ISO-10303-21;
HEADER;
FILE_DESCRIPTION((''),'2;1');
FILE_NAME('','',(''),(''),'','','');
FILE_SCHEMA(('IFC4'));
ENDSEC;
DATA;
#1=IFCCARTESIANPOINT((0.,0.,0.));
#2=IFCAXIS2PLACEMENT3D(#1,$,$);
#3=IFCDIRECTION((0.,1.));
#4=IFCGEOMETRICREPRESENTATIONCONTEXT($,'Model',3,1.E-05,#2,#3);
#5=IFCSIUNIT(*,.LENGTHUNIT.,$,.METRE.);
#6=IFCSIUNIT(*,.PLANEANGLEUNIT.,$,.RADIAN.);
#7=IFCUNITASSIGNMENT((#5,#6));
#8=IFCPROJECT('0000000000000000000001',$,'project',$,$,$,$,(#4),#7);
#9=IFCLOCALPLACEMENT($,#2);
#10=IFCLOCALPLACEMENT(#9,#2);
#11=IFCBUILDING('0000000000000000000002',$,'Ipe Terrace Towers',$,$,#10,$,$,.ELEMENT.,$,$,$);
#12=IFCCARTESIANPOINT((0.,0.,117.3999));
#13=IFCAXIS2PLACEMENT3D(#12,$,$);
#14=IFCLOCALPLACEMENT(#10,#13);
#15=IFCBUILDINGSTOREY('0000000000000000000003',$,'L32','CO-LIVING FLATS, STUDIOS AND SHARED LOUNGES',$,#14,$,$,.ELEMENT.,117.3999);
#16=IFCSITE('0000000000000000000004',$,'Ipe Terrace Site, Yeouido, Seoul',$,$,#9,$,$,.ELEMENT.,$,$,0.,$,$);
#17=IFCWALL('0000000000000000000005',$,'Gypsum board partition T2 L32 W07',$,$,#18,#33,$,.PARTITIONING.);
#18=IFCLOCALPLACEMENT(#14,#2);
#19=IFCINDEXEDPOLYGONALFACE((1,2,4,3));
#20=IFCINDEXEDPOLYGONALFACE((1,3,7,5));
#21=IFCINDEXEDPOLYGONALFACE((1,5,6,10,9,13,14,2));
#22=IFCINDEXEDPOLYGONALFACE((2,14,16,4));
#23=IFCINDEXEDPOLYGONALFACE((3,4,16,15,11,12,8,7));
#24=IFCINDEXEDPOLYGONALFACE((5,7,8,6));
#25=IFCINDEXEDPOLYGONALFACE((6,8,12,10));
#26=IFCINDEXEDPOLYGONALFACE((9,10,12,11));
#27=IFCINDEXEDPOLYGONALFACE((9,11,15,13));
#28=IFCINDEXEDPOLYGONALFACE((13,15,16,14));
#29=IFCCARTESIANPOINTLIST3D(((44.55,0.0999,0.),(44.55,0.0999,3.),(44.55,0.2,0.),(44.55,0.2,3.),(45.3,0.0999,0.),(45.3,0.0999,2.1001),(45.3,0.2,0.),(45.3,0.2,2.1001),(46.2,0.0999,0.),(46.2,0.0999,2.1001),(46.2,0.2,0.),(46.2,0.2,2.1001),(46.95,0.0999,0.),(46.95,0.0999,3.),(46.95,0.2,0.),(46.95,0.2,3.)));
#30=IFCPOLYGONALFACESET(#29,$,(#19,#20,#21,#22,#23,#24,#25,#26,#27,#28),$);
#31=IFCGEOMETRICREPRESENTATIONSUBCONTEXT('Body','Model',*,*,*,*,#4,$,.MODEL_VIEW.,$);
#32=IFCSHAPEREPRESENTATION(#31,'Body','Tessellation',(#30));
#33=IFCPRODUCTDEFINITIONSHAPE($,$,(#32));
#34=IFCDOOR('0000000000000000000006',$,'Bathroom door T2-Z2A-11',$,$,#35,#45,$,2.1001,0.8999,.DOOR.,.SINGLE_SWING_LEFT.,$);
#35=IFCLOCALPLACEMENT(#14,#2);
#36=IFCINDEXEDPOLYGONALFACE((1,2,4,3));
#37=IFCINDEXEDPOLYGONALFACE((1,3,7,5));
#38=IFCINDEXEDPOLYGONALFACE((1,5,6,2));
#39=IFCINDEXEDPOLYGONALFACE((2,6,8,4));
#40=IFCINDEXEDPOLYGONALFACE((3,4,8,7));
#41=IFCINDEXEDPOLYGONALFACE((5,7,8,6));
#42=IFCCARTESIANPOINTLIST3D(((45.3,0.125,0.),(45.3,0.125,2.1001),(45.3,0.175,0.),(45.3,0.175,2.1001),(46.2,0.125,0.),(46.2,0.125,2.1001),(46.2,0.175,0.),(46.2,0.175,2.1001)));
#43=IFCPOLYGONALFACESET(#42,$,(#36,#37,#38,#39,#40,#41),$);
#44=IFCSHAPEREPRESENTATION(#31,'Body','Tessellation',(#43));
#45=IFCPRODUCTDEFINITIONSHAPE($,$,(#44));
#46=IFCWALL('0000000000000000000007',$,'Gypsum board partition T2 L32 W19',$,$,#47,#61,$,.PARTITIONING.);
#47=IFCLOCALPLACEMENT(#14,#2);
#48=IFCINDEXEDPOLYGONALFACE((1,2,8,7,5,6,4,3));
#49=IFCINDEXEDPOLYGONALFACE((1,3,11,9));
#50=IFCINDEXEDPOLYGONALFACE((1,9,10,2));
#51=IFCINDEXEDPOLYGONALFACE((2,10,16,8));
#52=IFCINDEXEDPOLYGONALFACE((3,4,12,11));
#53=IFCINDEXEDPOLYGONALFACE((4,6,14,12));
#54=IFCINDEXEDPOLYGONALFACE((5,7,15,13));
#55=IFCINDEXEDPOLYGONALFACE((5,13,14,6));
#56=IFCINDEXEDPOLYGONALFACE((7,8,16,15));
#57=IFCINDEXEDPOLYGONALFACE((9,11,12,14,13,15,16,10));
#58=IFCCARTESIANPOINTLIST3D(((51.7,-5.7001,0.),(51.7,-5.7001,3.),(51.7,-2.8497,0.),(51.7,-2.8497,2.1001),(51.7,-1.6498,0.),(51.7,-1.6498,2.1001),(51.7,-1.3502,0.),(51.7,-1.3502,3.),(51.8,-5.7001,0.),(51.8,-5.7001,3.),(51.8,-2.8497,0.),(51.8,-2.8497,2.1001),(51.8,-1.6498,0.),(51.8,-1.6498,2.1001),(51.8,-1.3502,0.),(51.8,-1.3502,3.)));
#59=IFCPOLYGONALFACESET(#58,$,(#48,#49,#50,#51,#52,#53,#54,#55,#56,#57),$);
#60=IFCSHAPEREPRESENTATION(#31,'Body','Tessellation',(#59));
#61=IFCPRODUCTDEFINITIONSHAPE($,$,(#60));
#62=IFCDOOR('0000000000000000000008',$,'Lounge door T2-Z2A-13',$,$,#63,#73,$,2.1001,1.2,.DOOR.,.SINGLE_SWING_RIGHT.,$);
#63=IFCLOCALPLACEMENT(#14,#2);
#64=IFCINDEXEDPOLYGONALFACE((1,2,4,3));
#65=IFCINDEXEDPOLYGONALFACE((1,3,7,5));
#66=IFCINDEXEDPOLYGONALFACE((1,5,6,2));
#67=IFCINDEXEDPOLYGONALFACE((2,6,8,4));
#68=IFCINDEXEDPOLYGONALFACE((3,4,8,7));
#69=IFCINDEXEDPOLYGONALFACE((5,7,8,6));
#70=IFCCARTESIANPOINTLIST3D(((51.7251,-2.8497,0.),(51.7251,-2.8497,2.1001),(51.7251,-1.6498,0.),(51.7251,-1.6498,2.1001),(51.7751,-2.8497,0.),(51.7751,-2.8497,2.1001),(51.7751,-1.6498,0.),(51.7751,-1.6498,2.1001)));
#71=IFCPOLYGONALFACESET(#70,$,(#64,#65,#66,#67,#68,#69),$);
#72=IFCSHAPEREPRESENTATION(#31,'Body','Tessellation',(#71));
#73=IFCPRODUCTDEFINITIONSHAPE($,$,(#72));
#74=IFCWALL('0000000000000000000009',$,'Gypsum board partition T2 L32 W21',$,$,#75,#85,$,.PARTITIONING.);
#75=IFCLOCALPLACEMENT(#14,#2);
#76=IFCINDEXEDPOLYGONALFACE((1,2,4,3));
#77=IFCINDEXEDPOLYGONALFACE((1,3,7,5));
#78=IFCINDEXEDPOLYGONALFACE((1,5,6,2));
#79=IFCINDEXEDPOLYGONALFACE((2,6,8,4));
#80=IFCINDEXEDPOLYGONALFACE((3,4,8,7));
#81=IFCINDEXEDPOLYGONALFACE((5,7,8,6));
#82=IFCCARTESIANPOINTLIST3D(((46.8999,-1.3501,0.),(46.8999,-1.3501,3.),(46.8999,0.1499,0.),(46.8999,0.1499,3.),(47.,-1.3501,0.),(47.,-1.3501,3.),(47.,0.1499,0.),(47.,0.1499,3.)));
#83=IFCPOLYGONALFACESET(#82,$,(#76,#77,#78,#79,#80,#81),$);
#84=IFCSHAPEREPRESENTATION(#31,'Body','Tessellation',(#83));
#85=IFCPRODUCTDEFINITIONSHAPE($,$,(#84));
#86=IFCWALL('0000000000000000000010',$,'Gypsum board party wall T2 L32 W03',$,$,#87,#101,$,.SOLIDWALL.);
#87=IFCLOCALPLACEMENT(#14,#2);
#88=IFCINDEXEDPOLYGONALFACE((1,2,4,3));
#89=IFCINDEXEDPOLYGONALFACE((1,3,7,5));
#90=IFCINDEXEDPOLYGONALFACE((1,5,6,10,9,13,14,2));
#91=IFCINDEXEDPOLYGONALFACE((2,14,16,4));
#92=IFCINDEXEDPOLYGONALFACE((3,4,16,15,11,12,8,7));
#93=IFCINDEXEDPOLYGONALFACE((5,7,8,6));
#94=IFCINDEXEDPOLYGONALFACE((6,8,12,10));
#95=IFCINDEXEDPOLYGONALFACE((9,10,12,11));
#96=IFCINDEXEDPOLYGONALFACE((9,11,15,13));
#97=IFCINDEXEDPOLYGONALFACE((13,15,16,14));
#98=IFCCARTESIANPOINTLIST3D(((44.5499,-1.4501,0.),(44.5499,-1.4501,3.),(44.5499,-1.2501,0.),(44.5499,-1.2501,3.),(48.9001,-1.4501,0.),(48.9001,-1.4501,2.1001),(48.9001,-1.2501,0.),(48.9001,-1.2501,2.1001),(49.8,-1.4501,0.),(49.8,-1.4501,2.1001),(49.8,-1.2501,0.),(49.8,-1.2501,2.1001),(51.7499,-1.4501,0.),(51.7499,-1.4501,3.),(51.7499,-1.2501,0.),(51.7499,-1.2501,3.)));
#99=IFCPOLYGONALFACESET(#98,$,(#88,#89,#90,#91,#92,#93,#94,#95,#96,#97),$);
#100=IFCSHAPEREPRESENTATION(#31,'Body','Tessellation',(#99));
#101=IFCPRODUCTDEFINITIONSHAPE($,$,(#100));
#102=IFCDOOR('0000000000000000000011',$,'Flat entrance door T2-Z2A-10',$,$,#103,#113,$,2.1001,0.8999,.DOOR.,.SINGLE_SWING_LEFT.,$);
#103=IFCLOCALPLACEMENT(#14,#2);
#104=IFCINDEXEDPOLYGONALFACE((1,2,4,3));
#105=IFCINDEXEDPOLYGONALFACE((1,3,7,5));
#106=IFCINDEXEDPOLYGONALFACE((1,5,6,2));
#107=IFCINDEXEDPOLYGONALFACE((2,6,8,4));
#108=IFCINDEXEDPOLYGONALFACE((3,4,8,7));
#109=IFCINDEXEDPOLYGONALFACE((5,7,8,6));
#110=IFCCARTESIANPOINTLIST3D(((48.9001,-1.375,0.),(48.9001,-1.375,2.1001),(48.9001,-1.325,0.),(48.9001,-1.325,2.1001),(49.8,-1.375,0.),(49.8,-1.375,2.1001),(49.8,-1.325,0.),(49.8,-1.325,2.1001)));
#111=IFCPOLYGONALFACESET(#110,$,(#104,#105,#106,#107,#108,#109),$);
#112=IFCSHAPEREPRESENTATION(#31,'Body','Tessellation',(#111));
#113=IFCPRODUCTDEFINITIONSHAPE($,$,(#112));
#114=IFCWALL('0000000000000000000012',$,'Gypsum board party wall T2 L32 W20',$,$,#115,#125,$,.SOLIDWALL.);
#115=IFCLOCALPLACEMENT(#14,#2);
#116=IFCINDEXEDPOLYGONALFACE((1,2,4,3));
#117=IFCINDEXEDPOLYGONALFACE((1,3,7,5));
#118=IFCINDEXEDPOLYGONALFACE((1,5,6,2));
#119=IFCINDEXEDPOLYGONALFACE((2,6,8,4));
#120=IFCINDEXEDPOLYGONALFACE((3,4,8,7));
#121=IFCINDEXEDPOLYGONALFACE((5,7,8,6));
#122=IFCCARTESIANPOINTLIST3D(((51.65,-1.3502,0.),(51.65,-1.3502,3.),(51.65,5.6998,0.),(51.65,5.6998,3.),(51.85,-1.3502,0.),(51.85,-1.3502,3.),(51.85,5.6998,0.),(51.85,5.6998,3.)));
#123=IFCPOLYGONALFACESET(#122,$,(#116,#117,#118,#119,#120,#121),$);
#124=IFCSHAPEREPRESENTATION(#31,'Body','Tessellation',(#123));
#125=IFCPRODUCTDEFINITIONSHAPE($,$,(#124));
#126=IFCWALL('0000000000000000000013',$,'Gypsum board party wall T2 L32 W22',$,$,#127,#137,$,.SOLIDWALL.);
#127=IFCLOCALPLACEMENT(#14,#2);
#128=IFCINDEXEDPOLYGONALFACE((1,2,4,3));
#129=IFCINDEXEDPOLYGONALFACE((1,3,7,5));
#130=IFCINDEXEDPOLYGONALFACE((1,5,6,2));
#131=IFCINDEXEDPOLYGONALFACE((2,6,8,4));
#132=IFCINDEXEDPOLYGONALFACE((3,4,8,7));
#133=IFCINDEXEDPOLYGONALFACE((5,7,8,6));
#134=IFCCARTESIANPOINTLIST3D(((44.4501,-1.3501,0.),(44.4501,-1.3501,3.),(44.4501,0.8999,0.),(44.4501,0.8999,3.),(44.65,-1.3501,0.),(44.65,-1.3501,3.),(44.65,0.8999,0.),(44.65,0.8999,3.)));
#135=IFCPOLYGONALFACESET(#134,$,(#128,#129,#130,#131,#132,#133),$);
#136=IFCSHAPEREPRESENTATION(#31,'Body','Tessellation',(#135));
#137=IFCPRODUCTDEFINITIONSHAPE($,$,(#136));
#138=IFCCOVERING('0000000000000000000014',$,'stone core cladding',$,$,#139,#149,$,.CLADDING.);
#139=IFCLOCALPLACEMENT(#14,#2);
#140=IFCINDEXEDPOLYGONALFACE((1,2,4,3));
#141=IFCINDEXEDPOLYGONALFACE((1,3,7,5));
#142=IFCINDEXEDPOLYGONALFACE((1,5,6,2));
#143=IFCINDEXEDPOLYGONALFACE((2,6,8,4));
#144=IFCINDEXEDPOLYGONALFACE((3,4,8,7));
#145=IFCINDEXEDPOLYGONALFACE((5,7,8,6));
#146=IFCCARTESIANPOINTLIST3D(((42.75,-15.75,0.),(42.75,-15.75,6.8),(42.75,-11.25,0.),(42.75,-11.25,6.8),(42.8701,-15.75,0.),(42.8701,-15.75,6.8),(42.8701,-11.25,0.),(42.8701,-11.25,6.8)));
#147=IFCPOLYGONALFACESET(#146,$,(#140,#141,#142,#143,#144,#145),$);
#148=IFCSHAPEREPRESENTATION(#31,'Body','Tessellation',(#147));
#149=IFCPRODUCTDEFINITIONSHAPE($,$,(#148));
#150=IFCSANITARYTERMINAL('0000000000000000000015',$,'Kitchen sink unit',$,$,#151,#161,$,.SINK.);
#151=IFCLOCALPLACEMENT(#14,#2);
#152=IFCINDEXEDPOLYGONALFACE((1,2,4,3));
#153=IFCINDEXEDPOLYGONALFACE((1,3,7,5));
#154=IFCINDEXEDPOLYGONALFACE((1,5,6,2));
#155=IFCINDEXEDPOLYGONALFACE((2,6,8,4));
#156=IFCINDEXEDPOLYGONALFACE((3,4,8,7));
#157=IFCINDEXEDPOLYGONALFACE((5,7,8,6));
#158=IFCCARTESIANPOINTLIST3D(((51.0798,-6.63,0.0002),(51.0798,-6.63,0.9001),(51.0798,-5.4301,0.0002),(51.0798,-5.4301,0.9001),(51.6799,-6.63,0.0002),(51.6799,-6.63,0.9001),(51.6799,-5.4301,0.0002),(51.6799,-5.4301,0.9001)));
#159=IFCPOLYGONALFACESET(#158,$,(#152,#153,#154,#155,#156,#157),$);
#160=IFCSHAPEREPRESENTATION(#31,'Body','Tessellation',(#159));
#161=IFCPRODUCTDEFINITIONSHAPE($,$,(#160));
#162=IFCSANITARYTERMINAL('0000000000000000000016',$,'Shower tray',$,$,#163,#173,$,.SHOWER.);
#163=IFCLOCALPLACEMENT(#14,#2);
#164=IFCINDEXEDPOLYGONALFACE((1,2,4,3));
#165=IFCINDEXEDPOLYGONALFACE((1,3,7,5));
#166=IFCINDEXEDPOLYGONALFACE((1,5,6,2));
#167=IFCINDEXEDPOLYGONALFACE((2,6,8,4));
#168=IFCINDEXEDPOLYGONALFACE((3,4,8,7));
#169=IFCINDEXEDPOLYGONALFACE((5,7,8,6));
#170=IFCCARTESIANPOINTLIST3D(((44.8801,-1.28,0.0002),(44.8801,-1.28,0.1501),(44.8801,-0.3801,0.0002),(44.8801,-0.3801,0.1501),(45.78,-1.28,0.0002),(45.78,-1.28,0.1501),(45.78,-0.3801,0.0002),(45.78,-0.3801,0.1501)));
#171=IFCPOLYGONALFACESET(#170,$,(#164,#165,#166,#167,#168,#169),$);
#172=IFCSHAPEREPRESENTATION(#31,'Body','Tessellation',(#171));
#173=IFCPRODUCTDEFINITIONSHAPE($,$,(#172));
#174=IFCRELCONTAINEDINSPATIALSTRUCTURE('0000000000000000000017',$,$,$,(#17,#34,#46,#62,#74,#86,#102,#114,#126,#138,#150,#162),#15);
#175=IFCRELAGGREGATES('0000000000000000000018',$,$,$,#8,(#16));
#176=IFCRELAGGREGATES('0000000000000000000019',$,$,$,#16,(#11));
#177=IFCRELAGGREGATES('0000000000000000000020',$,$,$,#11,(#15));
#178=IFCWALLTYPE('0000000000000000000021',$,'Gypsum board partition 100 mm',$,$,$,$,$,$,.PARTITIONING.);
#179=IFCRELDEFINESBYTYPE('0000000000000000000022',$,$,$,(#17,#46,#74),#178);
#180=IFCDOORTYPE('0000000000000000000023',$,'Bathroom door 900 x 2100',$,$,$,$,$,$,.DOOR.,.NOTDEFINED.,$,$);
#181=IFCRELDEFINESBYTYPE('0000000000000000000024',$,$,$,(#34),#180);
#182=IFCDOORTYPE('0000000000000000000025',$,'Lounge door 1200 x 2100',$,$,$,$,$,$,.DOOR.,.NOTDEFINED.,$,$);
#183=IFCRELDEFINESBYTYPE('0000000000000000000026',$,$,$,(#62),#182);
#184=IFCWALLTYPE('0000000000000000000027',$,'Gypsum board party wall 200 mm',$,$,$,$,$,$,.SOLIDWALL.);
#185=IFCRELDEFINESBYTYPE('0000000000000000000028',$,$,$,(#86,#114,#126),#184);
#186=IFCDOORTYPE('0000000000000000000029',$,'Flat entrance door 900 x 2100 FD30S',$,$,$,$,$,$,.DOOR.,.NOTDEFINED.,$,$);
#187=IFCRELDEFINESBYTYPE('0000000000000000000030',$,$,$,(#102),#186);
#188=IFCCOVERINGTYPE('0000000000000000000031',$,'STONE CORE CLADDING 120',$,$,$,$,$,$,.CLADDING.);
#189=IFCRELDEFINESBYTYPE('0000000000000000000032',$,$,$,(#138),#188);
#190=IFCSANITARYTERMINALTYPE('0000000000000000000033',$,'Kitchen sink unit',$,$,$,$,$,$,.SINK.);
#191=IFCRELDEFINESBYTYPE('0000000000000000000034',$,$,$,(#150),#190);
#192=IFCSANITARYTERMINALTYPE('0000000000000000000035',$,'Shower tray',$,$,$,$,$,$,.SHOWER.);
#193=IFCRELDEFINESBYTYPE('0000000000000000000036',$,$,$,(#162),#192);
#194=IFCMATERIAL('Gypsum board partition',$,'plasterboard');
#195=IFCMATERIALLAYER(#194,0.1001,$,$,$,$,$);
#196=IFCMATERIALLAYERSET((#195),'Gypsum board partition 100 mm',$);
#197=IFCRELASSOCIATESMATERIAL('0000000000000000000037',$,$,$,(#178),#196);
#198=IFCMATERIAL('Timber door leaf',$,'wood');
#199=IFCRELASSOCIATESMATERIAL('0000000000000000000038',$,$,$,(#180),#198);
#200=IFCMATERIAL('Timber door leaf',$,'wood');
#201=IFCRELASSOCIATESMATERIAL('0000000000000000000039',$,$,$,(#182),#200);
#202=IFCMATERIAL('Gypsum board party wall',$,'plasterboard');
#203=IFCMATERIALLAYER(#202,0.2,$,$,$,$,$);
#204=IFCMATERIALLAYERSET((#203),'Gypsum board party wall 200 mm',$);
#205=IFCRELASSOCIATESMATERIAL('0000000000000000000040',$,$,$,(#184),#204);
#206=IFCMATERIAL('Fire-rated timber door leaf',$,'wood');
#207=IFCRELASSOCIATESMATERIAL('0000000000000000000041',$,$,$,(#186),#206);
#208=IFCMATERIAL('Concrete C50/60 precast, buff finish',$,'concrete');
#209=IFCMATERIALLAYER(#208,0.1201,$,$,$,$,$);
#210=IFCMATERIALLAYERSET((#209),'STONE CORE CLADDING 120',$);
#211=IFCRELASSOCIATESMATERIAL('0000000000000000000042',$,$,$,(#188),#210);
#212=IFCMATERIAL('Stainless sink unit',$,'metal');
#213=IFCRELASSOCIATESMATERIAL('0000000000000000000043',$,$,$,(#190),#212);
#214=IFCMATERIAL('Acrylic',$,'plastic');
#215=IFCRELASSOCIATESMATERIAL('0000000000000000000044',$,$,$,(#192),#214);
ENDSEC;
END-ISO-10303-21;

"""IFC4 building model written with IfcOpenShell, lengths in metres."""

from ifc_helpers import new_model, si_unit, direction, frame, frame_2d, origin, origin_2d, place, context, subcontext, project, spatial, rectangle, extrude, material, layer, layer_set, type_object, element, fill, save


model = new_model("IFC4")

# Units and contexts
model_context = context("Model", 3, precision=1e-05, world=origin(), true_north=direction((0.0, 1.0)))
body_context = subcontext(model_context, "Body", "Model", "MODEL_VIEW")
ifc_project = project(units=[si_unit("LENGTHUNIT", "METRE"), si_unit("PLANEANGLEUNIT", "RADIAN")], contexts=[model_context])

# Site, building, storey
site_placement = place(None, origin())
site = spatial("IfcSite", under=ifc_project, at=site_placement, Name="Ipe Terrace Site, Yeouido, Seoul", CompositionType="ELEMENT", RefElevation=0.0)
building_placement = place(site_placement, origin())
building = spatial("IfcBuilding", under=site, at=building_placement, Name="Ipe Terrace Towers", CompositionType="ELEMENT")
storey_placement = place(building_placement, frame((0.0, 0.0, 117.3999)))
storey = spatial("IfcBuildingStorey", under=building, at=storey_placement, Name="L32", Description="CO-LIVING FLATS, STUDIOS AND SHARED LOUNGES", CompositionType="ELEMENT", Elevation=117.3999)

# Walls, openings, doors
ifc_material_1 = material(Name="Gypsum board partition", Category="plasterboard")
ifc_layer_1 = layer(ifc_material_1, 0.1001)
ifc_layer_set_1 = layer_set([ifc_layer_1], Name="Gypsum board partition 100 mm")
wall_type_1 = type_object("IfcWallType", Name="Gypsum board partition 100 mm", PredefinedType="PARTITIONING", material=ifc_layer_set_1)
wall_1_placement = place(storey_placement, frame((46.95, 0.1499, 0.0), z_axis=(0.0, 0.0, 1.0), x_axis=(-1.0, 0.0, 0.0)))
wall_1 = element("IfcWall", 1, at=wall_1_placement, inside=storey, type_object=wall_type_1, Name="Gypsum board partition T2 L32 W07", PredefinedType="PARTITIONING", context=body_context, shape_type="SweptSolid", body=[
    extrude(rectangle(XDim=2.3999, YDim=0.1001, at=frame_2d((1.2, 0.0))), origin(), (0.0, 0.0, 1.0), 3.0),
])
opening_1_placement = place(wall_1_placement, frame((0.75, 0.0, 0.0)))
opening_1 = element("IfcOpeningElement", 2, at=opening_1_placement, cuts=wall_1, PredefinedType="OPENING", context=body_context, shape_type="SweptSolid", body=[
    extrude(rectangle(XDim=0.8999, YDim=2.1001, at=frame_2d((0.45, 1.05))), frame((0.0, 0.0601, 0.0), z_axis=(0.0, -1.0, 0.0), x_axis=(1.0, 0.0, 0.0)), (0.0, 0.0, 1.0), 0.1201),
])
ifc_material_2 = material(Name="Timber door leaf", Category="wood")
door_type_1 = type_object("IfcDoorType", Name="Bathroom door 900 x 2100", OperationType="NOTDEFINED", PredefinedType="DOOR", material=ifc_material_2)
door_1_placement = place(opening_1_placement, origin())
door_1 = element("IfcDoor", 3, at=door_1_placement, inside=storey, type_object=door_type_1, Name="Bathroom door T2-Z2A-11", OperationType="SINGLE_SWING_LEFT", OverallHeight=2.1001, OverallWidth=0.8999, PredefinedType="DOOR", context=body_context, shape_type="SweptSolid", body=[
    extrude(rectangle(XDim=0.8999, YDim=2.1001, at=frame_2d((0.45, 1.05))), frame((0.0, 0.0249, 0.0), z_axis=(0.0, -1.0, 0.0), x_axis=(1.0, 0.0, 0.0)), (0.0, 0.0, 1.0), 0.05),
])
fill(opening_1, door_1)
wall_2_placement = place(storey_placement, frame((51.75, -5.7, 0.0), z_axis=(0.0, 0.0, 1.0), x_axis=(0.0, 1.0, 0.0)))
wall_2 = element("IfcWall", 4, at=wall_2_placement, inside=storey, type_object=wall_type_1, Name="Gypsum board partition T2 L32 W19", PredefinedType="PARTITIONING", context=body_context, shape_type="SweptSolid", body=[
    extrude(rectangle(XDim=4.3499, YDim=0.1001, at=frame_2d((2.1748, 0.0))), origin(), (0.0, 0.0, 1.0), 3.0),
])
opening_2_placement = place(wall_2_placement, frame((2.8501, 0.0, 0.0)))
opening_2 = element("IfcOpeningElement", 5, at=opening_2_placement, cuts=wall_2, PredefinedType="OPENING", context=body_context, shape_type="SweptSolid", body=[
    extrude(rectangle(XDim=1.2, YDim=2.1001, at=frame_2d((0.6001, 1.05))), frame((0.0, 0.0601, 0.0), z_axis=(0.0, -1.0, 0.0), x_axis=(1.0, 0.0, 0.0)), (0.0, 0.0, 1.0), 0.1201),
])
ifc_material_3 = material(Name="Timber door leaf", Category="wood")
door_type_2 = type_object("IfcDoorType", Name="Lounge door 1200 x 2100", OperationType="NOTDEFINED", PredefinedType="DOOR", material=ifc_material_3)
door_2_placement = place(opening_2_placement, origin())
door_2 = element("IfcDoor", 6, at=door_2_placement, inside=storey, type_object=door_type_2, Name="Lounge door T2-Z2A-13", OperationType="SINGLE_SWING_RIGHT", OverallHeight=2.1001, OverallWidth=1.2, PredefinedType="DOOR", context=body_context, shape_type="SweptSolid", body=[
    extrude(rectangle(XDim=1.2, YDim=2.1001, at=frame_2d((0.6001, 1.05))), frame((0.0, 0.0249, 0.0), z_axis=(0.0, -1.0, 0.0), x_axis=(1.0, 0.0, 0.0)), (0.0, 0.0, 1.0), 0.05),
])
fill(opening_2, door_2)

# Wall
wall_3_placement = place(storey_placement, frame((46.95, -1.3501, 0.0), z_axis=(0.0, 0.0, 1.0), x_axis=(0.0, 1.0, 0.0)))
element("IfcWall", 7, at=wall_3_placement, inside=storey, type_object=wall_type_1, Name="Gypsum board partition T2 L32 W21", PredefinedType="PARTITIONING", context=body_context, shape_type="SweptSolid", body=[
    extrude(rectangle(XDim=1.5, YDim=0.1001, at=frame_2d((0.75, 0.0))), origin(), (0.0, 0.0, 1.0), 3.0),
])

# Wall, opening, door
ifc_material_4 = material(Name="Gypsum board party wall", Category="plasterboard")
ifc_layer_2 = layer(ifc_material_4, 0.2)
ifc_layer_set_2 = layer_set([ifc_layer_2], Name="Gypsum board party wall 200 mm")
wall_type_2 = type_object("IfcWallType", Name="Gypsum board party wall 200 mm", PredefinedType="SOLIDWALL", material=ifc_layer_set_2)
wall_4_placement = place(storey_placement, frame((51.75, -1.3501, 0.0), z_axis=(0.0, 0.0, 1.0), x_axis=(-1.0, 0.0, 0.0)))
wall_4 = element("IfcWall", 8, at=wall_4_placement, inside=storey, type_object=wall_type_2, Name="Gypsum board party wall T2 L32 W03", PredefinedType="SOLIDWALL", context=body_context, shape_type="SweptSolid", body=[
    extrude(rectangle(XDim=7.2, YDim=0.2, at=frame_2d((3.6001, 0.0))), origin(), (0.0, 0.0, 1.0), 3.0),
])
opening_3_placement = place(wall_4_placement, frame((1.95, 0.0, 0.0)))
opening_3 = element("IfcOpeningElement", 9, at=opening_3_placement, cuts=wall_4, PredefinedType="OPENING", context=body_context, shape_type="SweptSolid", body=[
    extrude(rectangle(XDim=0.8999, YDim=2.1001, at=frame_2d((0.45, 1.05))), frame((0.0, 0.1099, 0.0), z_axis=(0.0, -1.0, 0.0), x_axis=(1.0, 0.0, 0.0)), (0.0, 0.0, 1.0), 0.22),
])
ifc_material_5 = material(Name="Fire-rated timber door leaf", Category="wood")
door_type_3 = type_object("IfcDoorType", Name="Flat entrance door 900 x 2100 FD30S", OperationType="NOTDEFINED", PredefinedType="DOOR", material=ifc_material_5)
door_3_placement = place(opening_3_placement, origin())
door_3 = element("IfcDoor", 10, at=door_3_placement, inside=storey, type_object=door_type_3, Name="Flat entrance door T2-Z2A-10", OperationType="SINGLE_SWING_LEFT", OverallHeight=2.1001, OverallWidth=0.8999, PredefinedType="DOOR", context=body_context, shape_type="SweptSolid", body=[
    extrude(rectangle(XDim=0.8999, YDim=2.1001, at=frame_2d((0.45, 1.05))), frame((0.0, 0.0249, 0.0), z_axis=(0.0, -1.0, 0.0), x_axis=(1.0, 0.0, 0.0)), (0.0, 0.0, 1.0), 0.05),
])
fill(opening_3, door_3)

# Walls
wall_5_placement = place(storey_placement, frame((51.75, -1.3501, 0.0), z_axis=(0.0, 0.0, 1.0), x_axis=(0.0, 1.0, 0.0)))
element("IfcWall", 11, at=wall_5_placement, inside=storey, type_object=wall_type_2, Name="Gypsum board party wall T2 L32 W20", PredefinedType="SOLIDWALL", context=body_context, shape_type="SweptSolid", body=[
    extrude(rectangle(XDim=7.05, YDim=0.2, at=frame_2d((3.5249, 0.0))), origin(), (0.0, 0.0, 1.0), 3.0),
])
wall_6_placement = place(storey_placement, frame((44.55, -1.3501, 0.0), z_axis=(0.0, 0.0, 1.0), x_axis=(0.0, 1.0, 0.0)))
element("IfcWall", 12, at=wall_6_placement, inside=storey, type_object=wall_type_2, Name="Gypsum board party wall T2 L32 W22", PredefinedType="SOLIDWALL", context=body_context, shape_type="SweptSolid", body=[
    extrude(rectangle(XDim=2.25, YDim=0.2, at=frame_2d((1.125, 0.0))), origin(), (0.0, 0.0, 1.0), 3.0),
])

# Covering
ifc_material_6 = material(Name="Concrete C50/60 precast, buff finish", Category="concrete")
ifc_layer_3 = layer(ifc_material_6, 0.1201)
ifc_layer_set_3 = layer_set([ifc_layer_3], Name="STONE CORE CLADDING 120")
covering_type = type_object("IfcCoveringType", Name="STONE CORE CLADDING 120", PredefinedType="CLADDING", material=ifc_layer_set_3)
covering_placement = place(storey_placement, frame((42.8101, -13.5, 0.0), z_axis=(0.0, 0.0, 1.0), x_axis=(0.0, 1.0, 0.0)))
element("IfcCovering", 13, at=covering_placement, inside=storey, type_object=covering_type, Name="stone core cladding", PredefinedType="CLADDING", context=body_context, shape_type="SweptSolid", body=[
    extrude(rectangle(XDim=4.5, YDim=0.1201, at=origin_2d()), origin(), (0.0, 0.0, 1.0), 6.8),
])

# Sanitary terminals
ifc_material_7 = material(Name="Stainless sink unit", Category="metal")
sanitary_terminal_type_1 = type_object("IfcSanitaryTerminalType", Name="Kitchen sink unit", PredefinedType="SINK", material=ifc_material_7)
sanitary_terminal_1_placement = place(storey_placement, frame((51.3799, -6.03, 0.0002), z_axis=(0.0, 0.0, 1.0), x_axis=(0.0, -1.0, 0.0)))
element("IfcSanitaryTerminal", 14, at=sanitary_terminal_1_placement, inside=storey, type_object=sanitary_terminal_type_1, Name="Kitchen sink unit", PredefinedType="SINK", context=body_context, shape_type="SweptSolid", body=[
    extrude(rectangle(XDim=1.2, YDim=0.6001, at=origin_2d()), origin(), (0.0, 0.0, 1.0), 0.8999),
])
ifc_material_8 = material(Name="Acrylic", Category="plastic")
sanitary_terminal_type_2 = type_object("IfcSanitaryTerminalType", Name="Shower tray", PredefinedType="SHOWER", material=ifc_material_8)
sanitary_terminal_2_placement = place(storey_placement, frame((45.3301, -0.8301, 0.0002), z_axis=(0.0, 0.0, 1.0), x_axis=(0.0, 1.0, 0.0)))
element("IfcSanitaryTerminal", 15, at=sanitary_terminal_2_placement, inside=storey, type_object=sanitary_terminal_type_2, Name="Shower tray", PredefinedType="SHOWER", context=body_context, shape_type="SweptSolid", body=[
    extrude(rectangle(XDim=0.8999, YDim=0.8999, at=origin_2d()), origin(), (0.0, 0.0, 1.0), 0.1499),
])

save(model, "model.ifc")
